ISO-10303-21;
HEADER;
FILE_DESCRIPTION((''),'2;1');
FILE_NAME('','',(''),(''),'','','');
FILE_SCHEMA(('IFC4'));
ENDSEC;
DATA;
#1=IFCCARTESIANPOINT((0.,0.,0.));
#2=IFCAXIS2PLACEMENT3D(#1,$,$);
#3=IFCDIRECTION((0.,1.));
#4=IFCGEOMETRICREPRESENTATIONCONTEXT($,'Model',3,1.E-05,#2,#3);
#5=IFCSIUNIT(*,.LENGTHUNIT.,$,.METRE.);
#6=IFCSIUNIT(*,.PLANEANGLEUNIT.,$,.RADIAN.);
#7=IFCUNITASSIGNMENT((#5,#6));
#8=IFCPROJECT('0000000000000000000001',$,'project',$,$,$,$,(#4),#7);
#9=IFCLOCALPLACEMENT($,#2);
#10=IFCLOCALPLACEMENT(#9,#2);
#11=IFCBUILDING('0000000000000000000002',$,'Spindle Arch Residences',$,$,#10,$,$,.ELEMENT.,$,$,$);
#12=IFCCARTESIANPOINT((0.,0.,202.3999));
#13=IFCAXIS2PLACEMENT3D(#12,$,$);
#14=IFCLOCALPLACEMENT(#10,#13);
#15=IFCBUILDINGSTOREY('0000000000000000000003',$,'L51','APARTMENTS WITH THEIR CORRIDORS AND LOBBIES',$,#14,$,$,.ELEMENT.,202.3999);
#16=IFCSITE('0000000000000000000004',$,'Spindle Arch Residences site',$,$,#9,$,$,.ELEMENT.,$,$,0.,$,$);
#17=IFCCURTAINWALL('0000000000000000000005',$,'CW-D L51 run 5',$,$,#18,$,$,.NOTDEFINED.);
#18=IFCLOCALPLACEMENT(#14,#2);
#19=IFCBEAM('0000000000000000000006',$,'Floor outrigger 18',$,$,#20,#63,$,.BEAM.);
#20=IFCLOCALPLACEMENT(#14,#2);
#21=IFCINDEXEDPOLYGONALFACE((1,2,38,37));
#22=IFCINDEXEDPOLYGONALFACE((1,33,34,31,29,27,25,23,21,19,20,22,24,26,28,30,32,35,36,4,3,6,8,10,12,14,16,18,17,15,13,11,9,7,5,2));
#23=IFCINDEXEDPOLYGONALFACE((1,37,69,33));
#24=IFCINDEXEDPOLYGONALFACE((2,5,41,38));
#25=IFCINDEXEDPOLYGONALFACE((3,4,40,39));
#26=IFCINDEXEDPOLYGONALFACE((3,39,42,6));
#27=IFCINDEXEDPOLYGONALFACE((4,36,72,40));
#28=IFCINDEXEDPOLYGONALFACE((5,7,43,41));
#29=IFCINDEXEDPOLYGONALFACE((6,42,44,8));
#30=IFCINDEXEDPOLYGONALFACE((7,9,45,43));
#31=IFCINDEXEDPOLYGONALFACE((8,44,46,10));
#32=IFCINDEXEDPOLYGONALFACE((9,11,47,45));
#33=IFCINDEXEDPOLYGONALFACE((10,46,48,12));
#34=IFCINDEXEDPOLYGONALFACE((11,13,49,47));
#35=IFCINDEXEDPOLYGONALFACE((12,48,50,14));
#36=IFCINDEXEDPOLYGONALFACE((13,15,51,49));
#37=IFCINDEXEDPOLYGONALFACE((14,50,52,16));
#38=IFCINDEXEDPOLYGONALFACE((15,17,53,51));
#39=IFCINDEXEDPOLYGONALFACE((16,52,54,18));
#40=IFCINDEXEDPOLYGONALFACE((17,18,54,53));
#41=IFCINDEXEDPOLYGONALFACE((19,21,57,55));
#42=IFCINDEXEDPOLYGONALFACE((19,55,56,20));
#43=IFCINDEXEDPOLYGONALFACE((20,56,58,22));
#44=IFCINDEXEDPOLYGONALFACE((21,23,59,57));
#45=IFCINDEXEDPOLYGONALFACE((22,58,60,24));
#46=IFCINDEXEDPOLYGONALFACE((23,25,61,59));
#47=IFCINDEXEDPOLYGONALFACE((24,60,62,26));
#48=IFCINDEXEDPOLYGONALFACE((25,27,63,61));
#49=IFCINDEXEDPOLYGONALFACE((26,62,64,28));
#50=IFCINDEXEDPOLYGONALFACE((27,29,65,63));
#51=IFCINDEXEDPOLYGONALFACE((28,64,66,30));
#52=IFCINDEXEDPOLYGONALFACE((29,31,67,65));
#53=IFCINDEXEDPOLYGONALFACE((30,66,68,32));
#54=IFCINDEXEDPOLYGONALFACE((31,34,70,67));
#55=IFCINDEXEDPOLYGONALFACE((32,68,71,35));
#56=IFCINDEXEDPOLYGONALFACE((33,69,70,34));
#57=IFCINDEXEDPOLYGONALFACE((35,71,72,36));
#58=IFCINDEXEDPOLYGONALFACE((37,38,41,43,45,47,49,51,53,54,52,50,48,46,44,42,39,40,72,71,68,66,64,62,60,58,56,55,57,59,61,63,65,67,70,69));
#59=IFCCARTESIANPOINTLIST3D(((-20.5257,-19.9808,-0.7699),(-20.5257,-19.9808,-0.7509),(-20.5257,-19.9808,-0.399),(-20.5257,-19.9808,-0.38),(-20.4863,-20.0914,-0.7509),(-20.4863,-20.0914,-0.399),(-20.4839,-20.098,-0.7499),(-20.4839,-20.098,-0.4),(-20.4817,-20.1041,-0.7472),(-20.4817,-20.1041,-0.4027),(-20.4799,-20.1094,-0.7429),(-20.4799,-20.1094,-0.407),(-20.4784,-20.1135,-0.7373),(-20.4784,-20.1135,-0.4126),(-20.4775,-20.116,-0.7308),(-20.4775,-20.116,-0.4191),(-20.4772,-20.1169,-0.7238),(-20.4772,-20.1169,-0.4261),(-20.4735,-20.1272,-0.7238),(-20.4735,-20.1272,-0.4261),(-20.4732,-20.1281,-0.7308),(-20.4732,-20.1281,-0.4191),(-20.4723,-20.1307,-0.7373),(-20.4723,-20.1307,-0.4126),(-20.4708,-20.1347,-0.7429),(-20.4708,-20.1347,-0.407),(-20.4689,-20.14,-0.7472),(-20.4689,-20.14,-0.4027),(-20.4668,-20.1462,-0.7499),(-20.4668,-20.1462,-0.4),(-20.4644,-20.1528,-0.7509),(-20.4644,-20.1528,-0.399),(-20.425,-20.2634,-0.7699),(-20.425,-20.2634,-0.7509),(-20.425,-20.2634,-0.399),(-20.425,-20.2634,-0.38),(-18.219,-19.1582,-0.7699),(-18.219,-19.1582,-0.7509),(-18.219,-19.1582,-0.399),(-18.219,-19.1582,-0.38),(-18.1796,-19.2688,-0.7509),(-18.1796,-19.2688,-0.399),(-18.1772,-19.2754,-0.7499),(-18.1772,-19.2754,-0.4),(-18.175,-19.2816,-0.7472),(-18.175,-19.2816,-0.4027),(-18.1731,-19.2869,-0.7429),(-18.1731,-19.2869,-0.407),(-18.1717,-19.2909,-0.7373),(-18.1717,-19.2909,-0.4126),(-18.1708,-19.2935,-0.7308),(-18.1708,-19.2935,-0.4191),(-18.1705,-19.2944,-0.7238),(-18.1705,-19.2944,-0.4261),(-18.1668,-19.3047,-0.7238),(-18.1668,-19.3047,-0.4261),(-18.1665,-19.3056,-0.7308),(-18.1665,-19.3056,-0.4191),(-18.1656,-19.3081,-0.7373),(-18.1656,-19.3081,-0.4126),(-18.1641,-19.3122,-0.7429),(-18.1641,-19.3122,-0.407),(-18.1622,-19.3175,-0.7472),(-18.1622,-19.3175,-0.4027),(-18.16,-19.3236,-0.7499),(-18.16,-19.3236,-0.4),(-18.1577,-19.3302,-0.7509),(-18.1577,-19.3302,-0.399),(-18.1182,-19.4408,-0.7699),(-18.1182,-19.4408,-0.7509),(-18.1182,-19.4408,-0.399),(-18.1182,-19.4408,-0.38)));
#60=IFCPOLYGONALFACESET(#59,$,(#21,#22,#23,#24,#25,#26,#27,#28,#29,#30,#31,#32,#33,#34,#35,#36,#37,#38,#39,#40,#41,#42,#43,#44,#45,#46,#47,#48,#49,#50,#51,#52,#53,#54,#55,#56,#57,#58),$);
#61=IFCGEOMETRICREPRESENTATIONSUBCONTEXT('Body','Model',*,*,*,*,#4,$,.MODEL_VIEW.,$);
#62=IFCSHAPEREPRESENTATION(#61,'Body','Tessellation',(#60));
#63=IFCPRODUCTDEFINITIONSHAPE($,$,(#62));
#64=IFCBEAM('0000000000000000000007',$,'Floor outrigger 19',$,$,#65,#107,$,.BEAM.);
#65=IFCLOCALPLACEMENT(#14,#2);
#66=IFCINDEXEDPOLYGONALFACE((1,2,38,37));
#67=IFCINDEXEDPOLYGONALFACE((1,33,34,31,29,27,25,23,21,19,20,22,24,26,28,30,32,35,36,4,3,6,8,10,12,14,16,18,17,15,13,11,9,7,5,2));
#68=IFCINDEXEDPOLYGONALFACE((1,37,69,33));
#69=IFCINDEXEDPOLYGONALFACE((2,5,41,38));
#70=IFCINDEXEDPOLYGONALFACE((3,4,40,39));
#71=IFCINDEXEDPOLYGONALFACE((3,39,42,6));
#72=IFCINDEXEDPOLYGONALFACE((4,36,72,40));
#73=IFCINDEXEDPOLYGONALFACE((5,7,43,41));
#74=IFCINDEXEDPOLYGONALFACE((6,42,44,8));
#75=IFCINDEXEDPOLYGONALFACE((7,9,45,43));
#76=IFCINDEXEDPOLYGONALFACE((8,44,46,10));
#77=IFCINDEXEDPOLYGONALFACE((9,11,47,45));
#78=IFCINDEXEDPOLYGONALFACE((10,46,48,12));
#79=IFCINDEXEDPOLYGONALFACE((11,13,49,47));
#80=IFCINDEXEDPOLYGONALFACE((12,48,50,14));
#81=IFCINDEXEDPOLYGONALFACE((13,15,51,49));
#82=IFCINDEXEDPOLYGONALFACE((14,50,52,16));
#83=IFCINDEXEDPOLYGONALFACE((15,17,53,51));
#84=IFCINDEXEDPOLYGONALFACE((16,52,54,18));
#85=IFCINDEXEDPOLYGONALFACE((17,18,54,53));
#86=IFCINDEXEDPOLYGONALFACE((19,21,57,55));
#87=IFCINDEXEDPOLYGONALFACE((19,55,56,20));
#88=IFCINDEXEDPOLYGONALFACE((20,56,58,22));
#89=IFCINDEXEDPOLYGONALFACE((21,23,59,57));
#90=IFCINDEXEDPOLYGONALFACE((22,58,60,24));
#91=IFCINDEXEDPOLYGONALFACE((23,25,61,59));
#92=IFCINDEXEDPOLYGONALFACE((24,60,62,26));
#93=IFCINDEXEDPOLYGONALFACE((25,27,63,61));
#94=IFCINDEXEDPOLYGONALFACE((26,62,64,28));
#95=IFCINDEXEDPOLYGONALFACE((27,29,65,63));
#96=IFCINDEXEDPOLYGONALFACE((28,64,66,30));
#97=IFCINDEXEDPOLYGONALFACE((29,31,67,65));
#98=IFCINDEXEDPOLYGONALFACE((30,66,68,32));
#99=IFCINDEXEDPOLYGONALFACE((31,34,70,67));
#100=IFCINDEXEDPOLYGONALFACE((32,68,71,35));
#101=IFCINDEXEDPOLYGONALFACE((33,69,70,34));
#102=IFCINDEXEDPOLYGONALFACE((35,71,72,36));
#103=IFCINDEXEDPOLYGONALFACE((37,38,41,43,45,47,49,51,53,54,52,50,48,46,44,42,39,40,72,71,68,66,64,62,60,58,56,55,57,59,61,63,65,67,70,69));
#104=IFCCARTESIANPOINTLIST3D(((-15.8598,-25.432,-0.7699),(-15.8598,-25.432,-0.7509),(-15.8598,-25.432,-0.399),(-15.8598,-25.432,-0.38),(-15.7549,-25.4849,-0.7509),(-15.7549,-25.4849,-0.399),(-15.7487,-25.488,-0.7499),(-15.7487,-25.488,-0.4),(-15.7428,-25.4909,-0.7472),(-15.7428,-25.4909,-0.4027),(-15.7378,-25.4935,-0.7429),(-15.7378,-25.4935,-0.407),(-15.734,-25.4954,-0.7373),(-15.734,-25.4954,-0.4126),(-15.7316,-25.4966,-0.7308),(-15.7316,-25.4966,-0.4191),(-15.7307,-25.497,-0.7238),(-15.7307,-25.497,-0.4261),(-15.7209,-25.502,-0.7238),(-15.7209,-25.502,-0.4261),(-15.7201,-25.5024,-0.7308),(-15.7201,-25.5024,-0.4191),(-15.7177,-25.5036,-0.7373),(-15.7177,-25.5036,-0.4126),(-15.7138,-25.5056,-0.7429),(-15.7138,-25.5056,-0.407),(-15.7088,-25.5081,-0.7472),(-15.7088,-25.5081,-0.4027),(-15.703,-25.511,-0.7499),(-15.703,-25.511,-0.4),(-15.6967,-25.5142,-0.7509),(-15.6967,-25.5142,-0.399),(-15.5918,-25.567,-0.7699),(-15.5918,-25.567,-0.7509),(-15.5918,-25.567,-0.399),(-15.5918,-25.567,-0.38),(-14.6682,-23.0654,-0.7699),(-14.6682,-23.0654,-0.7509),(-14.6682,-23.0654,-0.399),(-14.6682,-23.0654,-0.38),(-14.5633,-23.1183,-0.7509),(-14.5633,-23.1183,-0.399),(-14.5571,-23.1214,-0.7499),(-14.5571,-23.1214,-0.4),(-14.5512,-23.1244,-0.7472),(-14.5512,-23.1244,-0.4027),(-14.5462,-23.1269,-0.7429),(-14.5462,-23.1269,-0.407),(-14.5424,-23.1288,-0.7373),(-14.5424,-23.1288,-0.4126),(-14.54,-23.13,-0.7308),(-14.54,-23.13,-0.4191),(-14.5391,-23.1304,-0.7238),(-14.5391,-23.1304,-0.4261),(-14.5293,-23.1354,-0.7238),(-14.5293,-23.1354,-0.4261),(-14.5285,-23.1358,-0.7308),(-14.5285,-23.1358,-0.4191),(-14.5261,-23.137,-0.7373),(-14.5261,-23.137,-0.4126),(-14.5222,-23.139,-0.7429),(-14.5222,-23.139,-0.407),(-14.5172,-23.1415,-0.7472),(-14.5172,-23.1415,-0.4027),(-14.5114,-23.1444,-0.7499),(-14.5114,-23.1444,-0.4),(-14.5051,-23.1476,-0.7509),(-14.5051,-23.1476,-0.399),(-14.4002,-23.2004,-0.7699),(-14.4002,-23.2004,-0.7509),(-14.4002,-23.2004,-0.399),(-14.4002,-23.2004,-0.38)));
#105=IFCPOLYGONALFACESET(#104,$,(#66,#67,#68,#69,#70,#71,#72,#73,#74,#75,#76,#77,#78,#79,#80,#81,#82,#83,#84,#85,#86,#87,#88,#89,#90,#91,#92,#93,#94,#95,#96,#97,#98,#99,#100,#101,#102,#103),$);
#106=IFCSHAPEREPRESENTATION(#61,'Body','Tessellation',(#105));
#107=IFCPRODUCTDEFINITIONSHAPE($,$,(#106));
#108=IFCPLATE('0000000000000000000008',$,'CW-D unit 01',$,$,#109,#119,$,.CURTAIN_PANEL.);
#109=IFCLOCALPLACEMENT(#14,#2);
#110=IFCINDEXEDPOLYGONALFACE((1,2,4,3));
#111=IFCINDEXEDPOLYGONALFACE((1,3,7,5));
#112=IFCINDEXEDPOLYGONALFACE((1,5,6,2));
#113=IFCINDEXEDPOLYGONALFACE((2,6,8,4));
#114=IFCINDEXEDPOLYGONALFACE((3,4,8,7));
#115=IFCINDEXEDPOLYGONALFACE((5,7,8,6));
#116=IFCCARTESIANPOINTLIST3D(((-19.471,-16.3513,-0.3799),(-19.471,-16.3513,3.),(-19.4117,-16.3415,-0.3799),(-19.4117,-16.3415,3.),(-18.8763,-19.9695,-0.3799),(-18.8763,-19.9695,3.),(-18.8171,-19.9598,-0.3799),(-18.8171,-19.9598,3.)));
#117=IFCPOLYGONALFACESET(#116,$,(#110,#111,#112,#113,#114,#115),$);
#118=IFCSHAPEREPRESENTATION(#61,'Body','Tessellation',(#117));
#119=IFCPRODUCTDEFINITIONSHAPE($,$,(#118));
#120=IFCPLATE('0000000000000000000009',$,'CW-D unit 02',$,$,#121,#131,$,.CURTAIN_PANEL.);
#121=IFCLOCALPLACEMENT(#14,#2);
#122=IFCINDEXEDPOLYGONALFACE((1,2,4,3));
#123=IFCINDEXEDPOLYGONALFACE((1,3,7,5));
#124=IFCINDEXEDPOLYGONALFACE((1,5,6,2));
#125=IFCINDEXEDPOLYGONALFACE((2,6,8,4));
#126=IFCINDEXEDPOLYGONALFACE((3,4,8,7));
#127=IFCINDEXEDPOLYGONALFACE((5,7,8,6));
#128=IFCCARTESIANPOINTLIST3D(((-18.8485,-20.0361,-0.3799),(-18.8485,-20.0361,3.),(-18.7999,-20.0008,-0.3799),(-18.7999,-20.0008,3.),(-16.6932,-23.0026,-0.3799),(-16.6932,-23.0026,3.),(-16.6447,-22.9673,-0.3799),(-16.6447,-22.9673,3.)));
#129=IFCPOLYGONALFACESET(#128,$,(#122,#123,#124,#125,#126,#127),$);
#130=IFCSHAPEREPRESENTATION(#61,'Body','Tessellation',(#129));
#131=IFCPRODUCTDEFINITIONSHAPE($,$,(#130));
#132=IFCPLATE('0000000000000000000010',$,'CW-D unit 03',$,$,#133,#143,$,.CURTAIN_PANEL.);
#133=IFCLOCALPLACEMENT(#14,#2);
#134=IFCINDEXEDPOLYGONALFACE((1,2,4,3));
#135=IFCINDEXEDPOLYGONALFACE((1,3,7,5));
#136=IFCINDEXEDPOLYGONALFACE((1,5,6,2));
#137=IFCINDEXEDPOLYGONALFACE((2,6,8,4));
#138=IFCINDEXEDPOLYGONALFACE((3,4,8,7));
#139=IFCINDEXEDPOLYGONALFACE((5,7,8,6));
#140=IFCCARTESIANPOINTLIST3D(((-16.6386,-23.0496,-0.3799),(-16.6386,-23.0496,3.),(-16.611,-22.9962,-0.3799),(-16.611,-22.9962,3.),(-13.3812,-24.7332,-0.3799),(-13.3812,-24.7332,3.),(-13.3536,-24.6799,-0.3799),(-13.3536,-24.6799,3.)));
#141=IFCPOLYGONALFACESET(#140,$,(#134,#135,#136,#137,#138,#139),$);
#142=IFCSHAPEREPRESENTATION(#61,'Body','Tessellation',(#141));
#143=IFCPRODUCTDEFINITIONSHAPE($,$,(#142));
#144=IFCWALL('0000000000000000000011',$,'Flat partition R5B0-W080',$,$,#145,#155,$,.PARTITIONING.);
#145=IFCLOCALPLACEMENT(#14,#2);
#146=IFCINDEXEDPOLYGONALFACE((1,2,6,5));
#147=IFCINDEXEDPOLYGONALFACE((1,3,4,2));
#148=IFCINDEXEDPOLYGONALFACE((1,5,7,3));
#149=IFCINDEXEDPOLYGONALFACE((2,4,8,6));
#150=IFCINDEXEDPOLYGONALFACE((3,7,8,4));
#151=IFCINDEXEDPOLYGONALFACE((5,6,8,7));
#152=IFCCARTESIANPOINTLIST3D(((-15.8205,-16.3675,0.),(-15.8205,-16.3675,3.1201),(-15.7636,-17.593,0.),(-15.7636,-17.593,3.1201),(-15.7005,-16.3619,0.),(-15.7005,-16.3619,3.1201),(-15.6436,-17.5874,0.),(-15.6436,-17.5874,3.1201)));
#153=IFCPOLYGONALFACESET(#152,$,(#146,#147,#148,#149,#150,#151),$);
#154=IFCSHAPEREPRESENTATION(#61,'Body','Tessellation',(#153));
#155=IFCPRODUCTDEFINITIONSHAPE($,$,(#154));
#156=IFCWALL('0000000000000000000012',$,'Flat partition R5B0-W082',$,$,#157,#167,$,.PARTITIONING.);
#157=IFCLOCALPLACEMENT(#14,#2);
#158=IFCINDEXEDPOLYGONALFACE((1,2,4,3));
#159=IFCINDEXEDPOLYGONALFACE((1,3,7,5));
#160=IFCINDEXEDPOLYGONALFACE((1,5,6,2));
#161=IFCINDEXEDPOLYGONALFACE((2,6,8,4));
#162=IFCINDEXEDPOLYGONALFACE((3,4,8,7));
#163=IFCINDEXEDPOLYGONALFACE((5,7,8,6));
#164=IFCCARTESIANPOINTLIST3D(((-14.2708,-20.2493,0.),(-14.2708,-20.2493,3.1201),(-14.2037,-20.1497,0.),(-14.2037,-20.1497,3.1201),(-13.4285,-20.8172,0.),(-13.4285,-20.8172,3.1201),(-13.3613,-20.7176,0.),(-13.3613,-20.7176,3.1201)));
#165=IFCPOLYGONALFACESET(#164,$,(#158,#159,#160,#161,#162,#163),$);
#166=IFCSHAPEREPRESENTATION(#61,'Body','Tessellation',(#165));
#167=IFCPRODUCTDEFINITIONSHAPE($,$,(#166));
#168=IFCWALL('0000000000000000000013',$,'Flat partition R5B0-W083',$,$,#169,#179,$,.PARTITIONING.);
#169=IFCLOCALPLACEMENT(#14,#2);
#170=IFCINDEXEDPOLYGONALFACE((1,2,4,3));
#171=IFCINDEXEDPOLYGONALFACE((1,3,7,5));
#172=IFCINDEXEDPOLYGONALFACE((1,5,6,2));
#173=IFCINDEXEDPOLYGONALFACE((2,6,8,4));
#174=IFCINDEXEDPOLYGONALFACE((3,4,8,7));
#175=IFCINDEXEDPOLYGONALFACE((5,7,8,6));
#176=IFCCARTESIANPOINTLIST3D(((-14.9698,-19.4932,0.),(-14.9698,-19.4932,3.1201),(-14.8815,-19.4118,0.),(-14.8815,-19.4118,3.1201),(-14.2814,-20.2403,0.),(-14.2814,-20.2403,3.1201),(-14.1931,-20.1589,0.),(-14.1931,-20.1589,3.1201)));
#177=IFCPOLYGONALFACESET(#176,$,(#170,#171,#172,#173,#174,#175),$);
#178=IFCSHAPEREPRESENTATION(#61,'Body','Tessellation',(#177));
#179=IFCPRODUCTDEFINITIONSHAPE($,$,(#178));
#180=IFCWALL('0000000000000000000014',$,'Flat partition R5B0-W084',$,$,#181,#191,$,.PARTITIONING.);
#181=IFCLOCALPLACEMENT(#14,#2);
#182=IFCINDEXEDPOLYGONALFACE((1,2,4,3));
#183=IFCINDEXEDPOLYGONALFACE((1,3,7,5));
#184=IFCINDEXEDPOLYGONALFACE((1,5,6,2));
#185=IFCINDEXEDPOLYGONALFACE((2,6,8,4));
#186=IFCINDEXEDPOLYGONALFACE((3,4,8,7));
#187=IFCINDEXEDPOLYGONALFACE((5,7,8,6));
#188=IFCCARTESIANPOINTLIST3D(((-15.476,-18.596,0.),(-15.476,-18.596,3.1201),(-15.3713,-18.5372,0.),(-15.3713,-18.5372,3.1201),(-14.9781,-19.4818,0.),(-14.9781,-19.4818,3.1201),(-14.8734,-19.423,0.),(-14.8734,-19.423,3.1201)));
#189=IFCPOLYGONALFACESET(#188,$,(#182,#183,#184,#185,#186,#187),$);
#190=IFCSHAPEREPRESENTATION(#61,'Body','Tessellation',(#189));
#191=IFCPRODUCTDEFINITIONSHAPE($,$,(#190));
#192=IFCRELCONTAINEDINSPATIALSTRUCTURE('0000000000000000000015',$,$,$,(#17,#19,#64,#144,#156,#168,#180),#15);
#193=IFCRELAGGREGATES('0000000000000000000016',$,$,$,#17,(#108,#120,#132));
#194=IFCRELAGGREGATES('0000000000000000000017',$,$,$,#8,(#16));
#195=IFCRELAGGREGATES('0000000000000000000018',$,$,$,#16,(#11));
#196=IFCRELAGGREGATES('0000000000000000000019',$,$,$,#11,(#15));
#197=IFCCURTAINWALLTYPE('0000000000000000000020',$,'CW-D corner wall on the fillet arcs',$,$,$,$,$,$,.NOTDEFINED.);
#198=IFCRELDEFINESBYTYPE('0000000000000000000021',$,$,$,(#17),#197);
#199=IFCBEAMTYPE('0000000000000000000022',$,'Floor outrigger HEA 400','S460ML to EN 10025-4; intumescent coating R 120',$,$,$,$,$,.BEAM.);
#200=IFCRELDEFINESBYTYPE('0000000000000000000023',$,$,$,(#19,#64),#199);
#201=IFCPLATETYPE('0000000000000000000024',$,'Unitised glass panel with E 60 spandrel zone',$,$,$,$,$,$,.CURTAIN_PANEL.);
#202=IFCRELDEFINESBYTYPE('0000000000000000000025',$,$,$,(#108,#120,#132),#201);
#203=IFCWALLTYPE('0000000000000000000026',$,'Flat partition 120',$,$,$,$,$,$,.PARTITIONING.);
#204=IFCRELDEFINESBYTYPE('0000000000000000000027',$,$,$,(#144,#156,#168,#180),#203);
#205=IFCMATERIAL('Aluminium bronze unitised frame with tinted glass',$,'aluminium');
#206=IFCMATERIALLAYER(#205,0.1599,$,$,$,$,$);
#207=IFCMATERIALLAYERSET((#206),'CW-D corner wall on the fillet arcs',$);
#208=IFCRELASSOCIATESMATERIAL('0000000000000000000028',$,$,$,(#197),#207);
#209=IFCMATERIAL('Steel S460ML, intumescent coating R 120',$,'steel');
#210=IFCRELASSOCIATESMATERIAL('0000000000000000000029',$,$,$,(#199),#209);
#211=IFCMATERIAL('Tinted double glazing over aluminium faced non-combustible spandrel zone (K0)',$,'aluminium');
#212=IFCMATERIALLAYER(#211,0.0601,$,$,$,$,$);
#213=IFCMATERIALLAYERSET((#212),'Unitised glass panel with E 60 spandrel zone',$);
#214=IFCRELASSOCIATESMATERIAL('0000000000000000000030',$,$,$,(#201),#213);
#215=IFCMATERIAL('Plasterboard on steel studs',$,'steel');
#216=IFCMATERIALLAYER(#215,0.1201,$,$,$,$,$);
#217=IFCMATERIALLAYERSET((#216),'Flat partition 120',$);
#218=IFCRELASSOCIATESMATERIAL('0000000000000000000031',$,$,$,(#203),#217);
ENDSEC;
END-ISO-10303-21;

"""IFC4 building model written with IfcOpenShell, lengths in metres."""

from ifc_helpers import new_model, si_unit, direction, frame, frame_2d, origin, origin_2d, place, context, subcontext, project, spatial, rectangle, i_section, extrude, material, layer, layer_set, material_profile, profile_set, type_object, element, aggregate, save


model = new_model("IFC4")

# Units and contexts
model_context = context("Model", 3, precision=1e-05, world=origin(), true_north=direction((0.0, 1.0)))
body_context = subcontext(model_context, "Body", "Model", "MODEL_VIEW")
ifc_project = project(units=[si_unit("LENGTHUNIT", "METRE"), si_unit("PLANEANGLEUNIT", "RADIAN")], contexts=[model_context])

# Site, building, storey
site_placement = place(None, origin())
site = spatial("IfcSite", under=ifc_project, at=site_placement, Name="Spindle Arch Residences site", CompositionType="ELEMENT", RefElevation=0.0)
building_placement = place(site_placement, origin())
building = spatial("IfcBuilding", under=site, at=building_placement, Name="Spindle Arch Residences", CompositionType="ELEMENT")
storey_placement = place(building_placement, frame((0.0, 0.0, 202.3999)))
storey = spatial("IfcBuildingStorey", under=building, at=storey_placement, Name="L51", Description="APARTMENTS WITH THEIR CORRIDORS AND LOBBIES", CompositionType="ELEMENT", Elevation=202.3999)

# Curtain wall
ifc_material_1 = material(Name="Aluminium bronze unitised frame with tinted glass", Category="aluminium")
ifc_layer_1 = layer(ifc_material_1, 0.1599)
ifc_layer_set_1 = layer_set([ifc_layer_1], Name="CW-D corner wall on the fillet arcs")
curtain_wall_type = type_object("IfcCurtainWallType", Name="CW-D corner wall on the fillet arcs", PredefinedType="NOTDEFINED", material=ifc_layer_set_1)
curtain_wall_placement = place(storey_placement, origin())
curtain_wall = element("IfcCurtainWall", 1, at=curtain_wall_placement, inside=storey, type_object=curtain_wall_type, Name="CW-D L51 run 5", PredefinedType="NOTDEFINED")

# Beams
ifc_material_2 = material(Name="Steel S460ML, intumescent coating R 120", Category="steel")
ifc_material_profile_1 = material_profile(ifc_material_2, i_section(OverallWidth=0.3, OverallDepth=0.3899, WebThickness=0.011, FlangeThickness=0.019, FilletRadius=0.0271, at=origin_2d()), Name="HEA 400")
ifc_profile_set_1 = profile_set([ifc_material_profile_1], Name="Steel S460ML, intumescent coating R 120")
beam_type_1 = type_object("IfcBeamType", Name="Floor outrigger HEA 400", Description="S460ML to EN 10025-4; intumescent coating R 120", PredefinedType="BEAM", material=ifc_profile_set_1)
beam_1_placement = place(storey_placement, frame((-20.4753, -20.1221, -0.575), z_axis=(0.941909, 0.335869, 0.0), x_axis=(-0.335869, 0.941909, 0.0)))
element("IfcBeam", 2, at=beam_1_placement, inside=storey, type_object=beam_type_1, Name="Floor outrigger 18", PredefinedType="BEAM", context=body_context, shape_type="SweptSolid", body=[
    extrude(i_section(OverallWidth=0.3, OverallDepth=0.3899, WebThickness=0.011, FlangeThickness=0.019, FilletRadius=0.0271, at=origin_2d()), origin(), (0.0, 0.0, 1.0), 2.449),
])
beam_2_placement = place(storey_placement, frame((-15.7258, -25.4995, -0.575), z_axis=(0.449718, 0.893171, 0.0), x_axis=(-0.893171, 0.449718, 0.0)))
element("IfcBeam", 3, at=beam_2_placement, inside=storey, type_object=beam_type_1, Name="Floor outrigger 19", PredefinedType="BEAM", context=body_context, shape_type="SweptSolid", body=[
    extrude(i_section(OverallWidth=0.3, OverallDepth=0.3899, WebThickness=0.011, FlangeThickness=0.019, FilletRadius=0.0271, at=origin_2d()), origin(), (0.0, 0.0, 1.0), 2.6497),
])

# Plates
ifc_material_3 = material(Name="Tinted double glazing over aluminium faced non-combustible spandrel zone (K0)", Category="aluminium")
ifc_layer_2 = layer(ifc_material_3, 0.0601)
ifc_layer_set_2 = layer_set([ifc_layer_2], Name="Unitised glass panel with E 60 spandrel zone")
plate_type = type_object("IfcPlateType", Name="Unitised glass panel with E 60 spandrel zone", PredefinedType="CURTAIN_PANEL", material=ifc_layer_set_2)
plate_1_placement = place(storey_placement, frame((-19.144, -18.1555, -0.3799), z_axis=(0.0, 0.0, 1.0), x_axis=(0.162178, -0.986762, 0.0)))
plate_1 = element("IfcPlate", 4, at=plate_1_placement, type_object=plate_type, Name="CW-D unit 01", PredefinedType="CURTAIN_PANEL", context=body_context, shape_type="SweptSolid", body=[
    extrude(rectangle(XDim=3.6667, YDim=0.0601, at=origin_2d()), origin(), (0.0, 0.0, 1.0), 3.3799),
])
plate_2_placement = place(storey_placement, frame((-17.7466, -21.5017, -0.3799), z_axis=(0.0, 0.0, 1.0), x_axis=(0.587785, -0.809017, 0.0)))
plate_2 = element("IfcPlate", 5, at=plate_2_placement, type_object=plate_type, Name="CW-D unit 02", PredefinedType="CURTAIN_PANEL", context=body_context, shape_type="SweptSolid", body=[
    extrude(rectangle(XDim=3.6667, YDim=0.0601, at=origin_2d()), origin(), (0.0, 0.0, 1.0), 3.3799),
])
plate_3_placement = place(storey_placement, frame((-14.9961, -23.8647, -0.3799), z_axis=(0.0, 0.0, 1.0), x_axis=(0.88835, -0.459166, 0.0)))
plate_3 = element("IfcPlate", 6, at=plate_3_placement, type_object=plate_type, Name="CW-D unit 03", PredefinedType="CURTAIN_PANEL", context=body_context, shape_type="SweptSolid", body=[
    extrude(rectangle(XDim=3.6667, YDim=0.0601, at=origin_2d()), origin(), (0.0, 0.0, 1.0), 3.3799),
])
aggregate(curtain_wall, [plate_1, plate_2, plate_3])

# Walls
ifc_material_4 = material(Name="Plasterboard on steel studs", Category="steel")
ifc_layer_3 = layer(ifc_material_4, 0.1201)
ifc_layer_set_3 = layer_set([ifc_layer_3], Name="Flat partition 120")
wall_type_1 = type_object("IfcWallType", Name="Flat partition 120", PredefinedType="PARTITIONING", material=ifc_layer_set_3)
wall_1_placement = place(storey_placement, frame((-15.7036, -17.5901, 0.0), z_axis=(0.0, 0.0, 1.0), x_axis=(-0.046364, 0.998925, 0.0)))
element("IfcWall", 7, at=wall_1_placement, inside=storey, type_object=wall_type_1, Name="Flat partition R5B0-W080", PredefinedType="PARTITIONING", context=body_context, shape_type="SweptSolid", body=[
    extrude(rectangle(XDim=1.2268, YDim=0.1201, at=frame_2d((0.6133, 0.0))), origin(), (0.0, 0.0, 1.0), 3.1201),
])
for number, where, z_axis, x_axis, name in (
    (8, (-13.395, -20.7673, 0.0), (0.0, 0.0, 1.0), (-0.829155, 0.559019, 0.0), "Flat partition R5B0-W082"),
    (9, (-14.2373, -20.1995, 0.0), (0.0, 0.0, 1.0), (-0.677681, 0.735356, 0.0), "Flat partition R5B0-W083"),
):
    element("IfcWall", number, at=place(storey_placement, frame(where, z_axis=z_axis, x_axis=x_axis)), inside=storey, type_object=wall_type_1, Name=name, PredefinedType="PARTITIONING", context=body_context, shape_type="SweptSolid", body=[
        extrude(rectangle(XDim=1.0159, YDim=0.1201, at=frame_2d((0.5078, 0.0))), origin(), (0.0, 0.0, 1.0), 3.1201),
    ])
wall_2_placement = place(storey_placement, frame((-14.9258, -19.4524, 0.0), z_axis=(0.0, 0.0, 1.0), x_axis=(-0.489942, 0.871755, 0.0)))
element("IfcWall", 10, at=wall_2_placement, inside=storey, type_object=wall_type_1, Name="Flat partition R5B0-W084", PredefinedType="PARTITIONING", context=body_context, shape_type="SweptSolid", body=[
    extrude(rectangle(XDim=1.0161, YDim=0.1201, at=frame_2d((0.5081, 0.0))), origin(), (0.0, 0.0, 1.0), 3.1201),
])

save(model, "model.ifc")
